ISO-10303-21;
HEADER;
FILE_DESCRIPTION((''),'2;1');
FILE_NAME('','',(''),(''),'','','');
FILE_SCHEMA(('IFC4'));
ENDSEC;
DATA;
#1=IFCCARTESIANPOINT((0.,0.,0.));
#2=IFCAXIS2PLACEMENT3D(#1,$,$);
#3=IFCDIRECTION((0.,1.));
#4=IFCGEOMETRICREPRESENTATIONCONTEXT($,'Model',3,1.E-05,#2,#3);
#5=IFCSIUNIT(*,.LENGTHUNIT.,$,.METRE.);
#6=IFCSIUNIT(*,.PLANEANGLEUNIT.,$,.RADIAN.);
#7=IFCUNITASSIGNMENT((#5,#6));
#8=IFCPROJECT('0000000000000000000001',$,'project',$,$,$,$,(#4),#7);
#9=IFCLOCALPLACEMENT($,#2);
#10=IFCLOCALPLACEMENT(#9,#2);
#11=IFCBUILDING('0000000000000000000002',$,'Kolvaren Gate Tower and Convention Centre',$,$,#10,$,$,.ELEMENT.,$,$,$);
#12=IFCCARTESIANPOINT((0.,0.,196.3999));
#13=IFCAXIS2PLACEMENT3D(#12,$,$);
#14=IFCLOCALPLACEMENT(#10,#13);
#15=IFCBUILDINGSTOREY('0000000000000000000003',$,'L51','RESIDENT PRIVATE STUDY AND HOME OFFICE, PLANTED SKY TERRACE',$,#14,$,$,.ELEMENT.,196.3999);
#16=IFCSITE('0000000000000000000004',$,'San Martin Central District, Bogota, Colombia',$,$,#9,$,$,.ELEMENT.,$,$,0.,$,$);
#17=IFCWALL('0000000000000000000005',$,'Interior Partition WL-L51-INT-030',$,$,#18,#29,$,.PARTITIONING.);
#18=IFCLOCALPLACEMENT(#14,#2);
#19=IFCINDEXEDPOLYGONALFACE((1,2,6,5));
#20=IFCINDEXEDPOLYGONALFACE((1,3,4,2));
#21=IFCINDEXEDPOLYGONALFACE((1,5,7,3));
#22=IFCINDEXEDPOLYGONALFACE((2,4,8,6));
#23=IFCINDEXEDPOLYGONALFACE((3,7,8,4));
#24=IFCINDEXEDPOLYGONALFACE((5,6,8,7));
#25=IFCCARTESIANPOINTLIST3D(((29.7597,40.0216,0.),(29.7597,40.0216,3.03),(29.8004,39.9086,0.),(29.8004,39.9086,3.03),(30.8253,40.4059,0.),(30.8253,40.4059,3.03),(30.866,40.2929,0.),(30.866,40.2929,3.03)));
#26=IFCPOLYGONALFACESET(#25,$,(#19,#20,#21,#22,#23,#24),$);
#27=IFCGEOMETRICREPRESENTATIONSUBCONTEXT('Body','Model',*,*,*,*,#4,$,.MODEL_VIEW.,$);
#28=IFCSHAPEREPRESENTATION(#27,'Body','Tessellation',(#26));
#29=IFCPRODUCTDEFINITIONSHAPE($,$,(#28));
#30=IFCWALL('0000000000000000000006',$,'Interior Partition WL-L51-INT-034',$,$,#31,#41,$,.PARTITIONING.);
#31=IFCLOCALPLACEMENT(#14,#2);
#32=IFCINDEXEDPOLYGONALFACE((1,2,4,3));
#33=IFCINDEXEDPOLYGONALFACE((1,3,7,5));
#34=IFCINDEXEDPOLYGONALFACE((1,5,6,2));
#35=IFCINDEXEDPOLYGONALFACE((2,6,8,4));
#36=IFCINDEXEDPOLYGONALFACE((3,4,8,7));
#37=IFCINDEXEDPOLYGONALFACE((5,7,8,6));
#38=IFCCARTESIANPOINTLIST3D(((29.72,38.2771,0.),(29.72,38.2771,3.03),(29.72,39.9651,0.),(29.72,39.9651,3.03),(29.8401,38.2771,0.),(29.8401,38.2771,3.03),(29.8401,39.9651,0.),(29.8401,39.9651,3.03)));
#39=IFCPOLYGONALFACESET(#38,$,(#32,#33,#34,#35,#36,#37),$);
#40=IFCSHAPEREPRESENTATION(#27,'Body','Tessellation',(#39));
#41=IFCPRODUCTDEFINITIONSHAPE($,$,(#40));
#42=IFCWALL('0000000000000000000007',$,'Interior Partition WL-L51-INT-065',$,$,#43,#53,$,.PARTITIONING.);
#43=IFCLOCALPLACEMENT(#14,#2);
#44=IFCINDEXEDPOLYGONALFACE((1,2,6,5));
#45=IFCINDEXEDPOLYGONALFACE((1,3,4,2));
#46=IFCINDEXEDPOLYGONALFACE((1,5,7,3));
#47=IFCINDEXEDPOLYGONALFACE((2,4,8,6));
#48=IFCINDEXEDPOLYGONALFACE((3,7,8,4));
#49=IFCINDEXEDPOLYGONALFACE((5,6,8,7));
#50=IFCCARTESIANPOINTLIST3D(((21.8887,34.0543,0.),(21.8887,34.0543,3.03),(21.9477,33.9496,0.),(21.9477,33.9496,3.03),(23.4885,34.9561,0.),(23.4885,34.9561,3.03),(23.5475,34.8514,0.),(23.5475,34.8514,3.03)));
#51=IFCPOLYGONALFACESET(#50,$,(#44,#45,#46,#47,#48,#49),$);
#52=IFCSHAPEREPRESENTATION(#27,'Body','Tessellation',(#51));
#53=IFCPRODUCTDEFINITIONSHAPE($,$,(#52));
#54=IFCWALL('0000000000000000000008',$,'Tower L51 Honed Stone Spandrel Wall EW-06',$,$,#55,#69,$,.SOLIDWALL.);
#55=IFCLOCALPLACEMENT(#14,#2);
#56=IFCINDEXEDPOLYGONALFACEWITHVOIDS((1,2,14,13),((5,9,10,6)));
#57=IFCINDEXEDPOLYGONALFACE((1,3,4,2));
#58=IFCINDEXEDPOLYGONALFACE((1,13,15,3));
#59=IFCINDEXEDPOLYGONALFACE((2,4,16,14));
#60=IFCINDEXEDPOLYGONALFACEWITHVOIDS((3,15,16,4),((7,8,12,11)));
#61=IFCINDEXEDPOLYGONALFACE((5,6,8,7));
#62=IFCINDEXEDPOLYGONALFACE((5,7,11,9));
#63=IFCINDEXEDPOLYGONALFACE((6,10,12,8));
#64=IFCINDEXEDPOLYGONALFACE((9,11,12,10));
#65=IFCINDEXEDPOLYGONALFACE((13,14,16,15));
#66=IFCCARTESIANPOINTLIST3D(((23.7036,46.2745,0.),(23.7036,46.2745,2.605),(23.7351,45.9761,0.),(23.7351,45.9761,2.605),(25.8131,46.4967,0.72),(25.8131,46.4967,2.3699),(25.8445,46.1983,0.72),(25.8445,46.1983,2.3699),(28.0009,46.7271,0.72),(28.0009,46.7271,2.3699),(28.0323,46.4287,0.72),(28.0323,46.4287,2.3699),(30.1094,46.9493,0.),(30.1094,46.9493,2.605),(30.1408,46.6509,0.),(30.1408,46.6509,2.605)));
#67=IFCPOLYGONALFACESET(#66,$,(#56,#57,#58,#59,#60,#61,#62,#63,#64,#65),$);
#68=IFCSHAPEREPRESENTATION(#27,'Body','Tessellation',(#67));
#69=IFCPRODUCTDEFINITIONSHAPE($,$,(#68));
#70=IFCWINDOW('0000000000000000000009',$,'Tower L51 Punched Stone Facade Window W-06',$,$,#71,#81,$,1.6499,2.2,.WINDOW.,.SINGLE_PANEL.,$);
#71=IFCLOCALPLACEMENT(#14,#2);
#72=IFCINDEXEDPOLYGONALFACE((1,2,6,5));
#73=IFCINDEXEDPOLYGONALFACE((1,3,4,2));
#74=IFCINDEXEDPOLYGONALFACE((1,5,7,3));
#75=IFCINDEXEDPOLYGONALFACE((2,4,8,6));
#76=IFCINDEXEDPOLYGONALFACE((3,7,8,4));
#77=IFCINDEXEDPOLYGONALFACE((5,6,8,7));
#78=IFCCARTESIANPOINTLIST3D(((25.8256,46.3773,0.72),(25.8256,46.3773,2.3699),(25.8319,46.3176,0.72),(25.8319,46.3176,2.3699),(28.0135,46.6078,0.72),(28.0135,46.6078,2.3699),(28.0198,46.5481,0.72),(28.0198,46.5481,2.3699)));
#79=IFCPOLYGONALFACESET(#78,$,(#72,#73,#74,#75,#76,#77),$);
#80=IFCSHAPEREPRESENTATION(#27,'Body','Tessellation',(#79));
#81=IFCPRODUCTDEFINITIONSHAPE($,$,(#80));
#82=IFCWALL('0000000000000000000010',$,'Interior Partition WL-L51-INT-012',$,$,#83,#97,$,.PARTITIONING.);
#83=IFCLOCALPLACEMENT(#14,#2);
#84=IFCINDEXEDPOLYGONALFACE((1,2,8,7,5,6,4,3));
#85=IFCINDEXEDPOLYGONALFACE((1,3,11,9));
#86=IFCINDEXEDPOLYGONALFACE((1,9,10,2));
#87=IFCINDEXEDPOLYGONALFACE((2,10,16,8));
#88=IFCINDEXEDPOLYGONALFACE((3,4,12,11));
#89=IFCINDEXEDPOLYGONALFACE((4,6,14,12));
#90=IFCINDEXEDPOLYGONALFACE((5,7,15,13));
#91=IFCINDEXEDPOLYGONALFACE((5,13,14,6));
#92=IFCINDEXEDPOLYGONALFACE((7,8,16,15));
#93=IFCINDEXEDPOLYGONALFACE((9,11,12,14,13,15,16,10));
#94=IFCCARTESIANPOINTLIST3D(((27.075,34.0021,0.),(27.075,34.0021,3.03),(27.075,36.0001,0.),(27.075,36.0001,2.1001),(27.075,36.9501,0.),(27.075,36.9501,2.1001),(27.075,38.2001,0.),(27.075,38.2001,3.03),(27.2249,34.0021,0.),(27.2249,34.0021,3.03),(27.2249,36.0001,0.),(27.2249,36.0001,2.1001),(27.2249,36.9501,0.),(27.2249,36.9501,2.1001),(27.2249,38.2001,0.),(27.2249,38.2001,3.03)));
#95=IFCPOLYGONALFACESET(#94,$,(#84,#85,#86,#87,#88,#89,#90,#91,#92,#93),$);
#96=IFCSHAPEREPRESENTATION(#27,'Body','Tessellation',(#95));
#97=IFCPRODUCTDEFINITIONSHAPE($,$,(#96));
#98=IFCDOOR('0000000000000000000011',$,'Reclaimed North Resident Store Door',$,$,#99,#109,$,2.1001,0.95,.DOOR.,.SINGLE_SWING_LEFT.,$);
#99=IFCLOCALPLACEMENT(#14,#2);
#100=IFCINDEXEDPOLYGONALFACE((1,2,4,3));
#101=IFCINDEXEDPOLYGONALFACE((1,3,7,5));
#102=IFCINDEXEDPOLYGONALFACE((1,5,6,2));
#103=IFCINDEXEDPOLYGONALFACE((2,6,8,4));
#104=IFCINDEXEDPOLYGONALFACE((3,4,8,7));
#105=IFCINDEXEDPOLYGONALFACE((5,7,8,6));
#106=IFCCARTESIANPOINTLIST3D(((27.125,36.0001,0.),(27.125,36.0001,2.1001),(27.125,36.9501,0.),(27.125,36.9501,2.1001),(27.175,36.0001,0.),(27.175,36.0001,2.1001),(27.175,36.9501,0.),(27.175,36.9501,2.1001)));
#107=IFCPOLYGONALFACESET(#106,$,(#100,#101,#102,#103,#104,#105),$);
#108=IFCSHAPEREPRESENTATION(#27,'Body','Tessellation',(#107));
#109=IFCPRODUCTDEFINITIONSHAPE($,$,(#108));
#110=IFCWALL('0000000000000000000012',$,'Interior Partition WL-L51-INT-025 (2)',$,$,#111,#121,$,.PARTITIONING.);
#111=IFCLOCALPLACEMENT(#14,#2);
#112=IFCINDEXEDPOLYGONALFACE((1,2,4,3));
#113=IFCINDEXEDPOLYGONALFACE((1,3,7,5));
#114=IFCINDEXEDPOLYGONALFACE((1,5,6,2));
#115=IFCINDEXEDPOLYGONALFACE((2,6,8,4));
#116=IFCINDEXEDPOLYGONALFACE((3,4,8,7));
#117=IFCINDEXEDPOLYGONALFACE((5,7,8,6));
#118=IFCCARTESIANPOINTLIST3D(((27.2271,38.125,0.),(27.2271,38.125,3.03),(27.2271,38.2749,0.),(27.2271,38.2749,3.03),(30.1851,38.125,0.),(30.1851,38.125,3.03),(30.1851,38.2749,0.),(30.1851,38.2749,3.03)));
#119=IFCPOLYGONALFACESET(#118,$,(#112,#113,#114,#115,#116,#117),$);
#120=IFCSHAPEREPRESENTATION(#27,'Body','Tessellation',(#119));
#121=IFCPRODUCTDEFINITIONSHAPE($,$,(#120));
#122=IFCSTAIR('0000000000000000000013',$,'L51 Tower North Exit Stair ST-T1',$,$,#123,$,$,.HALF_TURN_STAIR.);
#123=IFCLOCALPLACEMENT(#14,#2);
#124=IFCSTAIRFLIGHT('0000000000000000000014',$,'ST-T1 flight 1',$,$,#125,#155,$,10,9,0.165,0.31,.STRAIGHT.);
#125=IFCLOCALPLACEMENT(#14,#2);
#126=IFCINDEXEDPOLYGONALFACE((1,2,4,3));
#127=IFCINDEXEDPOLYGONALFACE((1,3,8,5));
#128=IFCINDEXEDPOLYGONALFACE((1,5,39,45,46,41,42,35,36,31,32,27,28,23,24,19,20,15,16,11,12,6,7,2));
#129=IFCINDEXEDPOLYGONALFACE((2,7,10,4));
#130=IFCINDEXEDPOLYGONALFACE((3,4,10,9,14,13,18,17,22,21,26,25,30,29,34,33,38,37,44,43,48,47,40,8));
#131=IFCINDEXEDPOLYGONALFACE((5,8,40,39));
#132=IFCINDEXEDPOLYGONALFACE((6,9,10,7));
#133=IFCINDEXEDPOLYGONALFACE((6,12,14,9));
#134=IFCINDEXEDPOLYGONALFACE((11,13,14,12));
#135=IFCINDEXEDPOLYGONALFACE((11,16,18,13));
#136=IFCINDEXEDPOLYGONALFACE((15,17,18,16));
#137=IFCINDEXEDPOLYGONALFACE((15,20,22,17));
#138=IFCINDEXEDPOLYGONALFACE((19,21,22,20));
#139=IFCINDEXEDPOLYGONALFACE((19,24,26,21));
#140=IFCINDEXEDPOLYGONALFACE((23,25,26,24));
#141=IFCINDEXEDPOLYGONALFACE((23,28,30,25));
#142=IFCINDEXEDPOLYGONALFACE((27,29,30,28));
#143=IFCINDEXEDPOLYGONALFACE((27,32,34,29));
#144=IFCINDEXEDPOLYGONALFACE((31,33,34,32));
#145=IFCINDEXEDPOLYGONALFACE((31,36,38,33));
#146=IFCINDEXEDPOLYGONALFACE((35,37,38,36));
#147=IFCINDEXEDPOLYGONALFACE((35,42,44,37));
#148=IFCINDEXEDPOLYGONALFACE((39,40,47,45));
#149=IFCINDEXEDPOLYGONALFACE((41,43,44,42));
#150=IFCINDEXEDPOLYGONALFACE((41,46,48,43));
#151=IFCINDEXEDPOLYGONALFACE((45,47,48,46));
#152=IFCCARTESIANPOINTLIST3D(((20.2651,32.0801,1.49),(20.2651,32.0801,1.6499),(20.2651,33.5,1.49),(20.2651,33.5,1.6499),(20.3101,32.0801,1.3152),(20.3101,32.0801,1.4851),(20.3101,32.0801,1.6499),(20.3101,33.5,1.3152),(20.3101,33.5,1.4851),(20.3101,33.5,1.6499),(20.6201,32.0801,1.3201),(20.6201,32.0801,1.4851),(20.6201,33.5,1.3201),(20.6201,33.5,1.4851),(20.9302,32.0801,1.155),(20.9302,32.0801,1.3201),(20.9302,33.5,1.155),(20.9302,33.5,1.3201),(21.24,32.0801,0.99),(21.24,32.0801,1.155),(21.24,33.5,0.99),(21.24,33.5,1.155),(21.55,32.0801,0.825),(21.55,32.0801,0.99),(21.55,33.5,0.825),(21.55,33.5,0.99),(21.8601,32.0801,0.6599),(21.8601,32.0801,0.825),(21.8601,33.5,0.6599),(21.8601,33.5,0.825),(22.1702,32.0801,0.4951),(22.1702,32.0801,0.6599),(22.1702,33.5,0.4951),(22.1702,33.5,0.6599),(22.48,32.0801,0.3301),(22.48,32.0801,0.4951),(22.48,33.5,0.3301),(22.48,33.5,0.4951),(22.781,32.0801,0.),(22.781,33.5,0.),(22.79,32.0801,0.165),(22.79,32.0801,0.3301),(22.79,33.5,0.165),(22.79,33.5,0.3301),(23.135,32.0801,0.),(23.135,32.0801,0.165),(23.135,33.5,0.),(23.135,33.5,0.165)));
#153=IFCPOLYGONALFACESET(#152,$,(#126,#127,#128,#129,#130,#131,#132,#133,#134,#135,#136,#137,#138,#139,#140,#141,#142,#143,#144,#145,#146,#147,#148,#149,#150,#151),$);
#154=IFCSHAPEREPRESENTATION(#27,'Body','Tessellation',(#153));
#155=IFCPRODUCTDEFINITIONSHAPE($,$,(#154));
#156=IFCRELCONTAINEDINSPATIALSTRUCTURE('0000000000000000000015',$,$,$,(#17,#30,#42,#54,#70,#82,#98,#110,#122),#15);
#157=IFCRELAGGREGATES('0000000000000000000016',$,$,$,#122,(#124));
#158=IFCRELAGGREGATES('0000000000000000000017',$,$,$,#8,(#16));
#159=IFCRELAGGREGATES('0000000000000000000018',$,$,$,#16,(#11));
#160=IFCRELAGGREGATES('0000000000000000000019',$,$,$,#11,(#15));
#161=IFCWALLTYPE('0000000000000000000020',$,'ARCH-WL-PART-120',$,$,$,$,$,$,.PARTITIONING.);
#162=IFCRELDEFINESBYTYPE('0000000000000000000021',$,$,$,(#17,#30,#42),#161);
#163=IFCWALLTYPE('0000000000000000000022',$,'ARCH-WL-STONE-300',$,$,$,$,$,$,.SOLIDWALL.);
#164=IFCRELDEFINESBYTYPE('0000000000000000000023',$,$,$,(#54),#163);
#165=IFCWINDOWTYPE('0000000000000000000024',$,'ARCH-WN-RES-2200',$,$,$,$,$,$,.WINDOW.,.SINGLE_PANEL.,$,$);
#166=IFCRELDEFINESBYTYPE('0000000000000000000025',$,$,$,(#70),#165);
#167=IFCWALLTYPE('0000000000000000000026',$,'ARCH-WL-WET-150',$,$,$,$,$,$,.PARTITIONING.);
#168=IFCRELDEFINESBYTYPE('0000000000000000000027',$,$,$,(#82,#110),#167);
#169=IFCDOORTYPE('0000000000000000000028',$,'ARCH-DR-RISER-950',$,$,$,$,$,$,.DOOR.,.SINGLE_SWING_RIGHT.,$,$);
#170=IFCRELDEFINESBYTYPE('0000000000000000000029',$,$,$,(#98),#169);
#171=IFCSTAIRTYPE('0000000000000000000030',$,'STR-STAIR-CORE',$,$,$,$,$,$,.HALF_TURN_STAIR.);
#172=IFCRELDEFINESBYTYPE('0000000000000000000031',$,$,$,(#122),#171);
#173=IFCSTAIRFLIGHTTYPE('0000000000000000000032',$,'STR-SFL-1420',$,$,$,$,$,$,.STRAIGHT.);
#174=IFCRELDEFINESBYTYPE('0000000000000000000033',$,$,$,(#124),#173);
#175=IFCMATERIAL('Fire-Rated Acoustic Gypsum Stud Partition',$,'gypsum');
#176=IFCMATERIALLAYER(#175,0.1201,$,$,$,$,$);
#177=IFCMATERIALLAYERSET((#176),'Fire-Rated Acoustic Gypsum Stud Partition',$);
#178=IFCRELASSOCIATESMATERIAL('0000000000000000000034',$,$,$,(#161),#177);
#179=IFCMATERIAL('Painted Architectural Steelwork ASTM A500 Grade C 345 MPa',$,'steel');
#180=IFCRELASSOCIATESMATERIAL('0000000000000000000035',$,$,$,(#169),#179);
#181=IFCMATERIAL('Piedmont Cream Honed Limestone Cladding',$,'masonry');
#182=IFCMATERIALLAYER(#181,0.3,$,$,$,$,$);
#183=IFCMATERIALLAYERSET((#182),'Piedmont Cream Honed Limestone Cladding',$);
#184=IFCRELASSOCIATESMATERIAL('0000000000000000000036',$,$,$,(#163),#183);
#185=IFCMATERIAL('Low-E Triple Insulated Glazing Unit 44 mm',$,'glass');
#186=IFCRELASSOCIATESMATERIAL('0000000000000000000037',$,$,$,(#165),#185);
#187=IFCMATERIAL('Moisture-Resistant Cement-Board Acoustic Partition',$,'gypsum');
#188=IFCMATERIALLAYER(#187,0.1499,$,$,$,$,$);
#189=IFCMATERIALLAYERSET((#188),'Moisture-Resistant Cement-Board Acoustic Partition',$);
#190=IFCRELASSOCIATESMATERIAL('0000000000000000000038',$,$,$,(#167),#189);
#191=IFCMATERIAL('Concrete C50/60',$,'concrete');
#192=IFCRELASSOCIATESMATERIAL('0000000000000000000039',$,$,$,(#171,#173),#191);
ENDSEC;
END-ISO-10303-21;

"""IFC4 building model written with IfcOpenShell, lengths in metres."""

from ifc_helpers import new_model, si_unit, direction, frame, frame_2d, origin, place, context, subcontext, project, spatial, polyline, rectangle, outline, extrude, material, layer, layer_set, type_object, element, fill, aggregate, save


model = new_model("IFC4")

# Units and contexts
model_context = context("Model", 3, precision=1e-05, world=origin(), true_north=direction((0.0, 1.0)))
body_context = subcontext(model_context, "Body", "Model", "MODEL_VIEW")
ifc_project = project(units=[si_unit("LENGTHUNIT", "METRE"), si_unit("PLANEANGLEUNIT", "RADIAN")], contexts=[model_context])

# Site, building, storey
site_placement = place(None, origin())
site = spatial("IfcSite", under=ifc_project, at=site_placement, Name="San Martin Central District, Bogota, Colombia", CompositionType="ELEMENT", RefElevation=0.0)
building_placement = place(site_placement, origin())
building = spatial("IfcBuilding", under=site, at=building_placement, Name="Kolvaren Gate Tower and Convention Centre", CompositionType="ELEMENT")
storey_placement = place(building_placement, frame((0.0, 0.0, 196.3999)))
storey = spatial("IfcBuildingStorey", under=building, at=storey_placement, Name="L51", Description="RESIDENT PRIVATE STUDY AND HOME OFFICE, PLANTED SKY TERRACE", CompositionType="ELEMENT", Elevation=196.3999)

# Shared definitions
ifc_material_1 = material(Name="Concrete C50/60", Category="concrete")

# Shared definitions
ifc_material_2 = material(Name="Fire-Rated Acoustic Gypsum Stud Partition", Category="gypsum")
ifc_layer_1 = layer(ifc_material_2, 0.1201)
ifc_layer_set_1 = layer_set([ifc_layer_1], Name="Fire-Rated Acoustic Gypsum Stud Partition")
wall_type_1 = type_object("IfcWallType", Name="ARCH-WL-PART-120", PredefinedType="PARTITIONING", material=ifc_layer_set_1)
ifc_material_3 = material(Name="Painted Architectural Steelwork ASTM A500 Grade C 345 MPa", Category="steel")
door_type = type_object("IfcDoorType", Name="ARCH-DR-RISER-950", OperationType="SINGLE_SWING_RIGHT", PredefinedType="DOOR", material=ifc_material_3)

# Walls
wall_1_placement = place(storey_placement, frame((29.78, 39.9651, 0.0), z_axis=(0.0, 0.0, 1.0), x_axis=(0.940709, 0.339215, 0.0)))
element("IfcWall", 1, at=wall_1_placement, inside=storey, type_object=wall_type_1, Name="Interior Partition WL-L51-INT-030", PredefinedType="PARTITIONING", context=body_context, shape_type="SweptSolid", body=[
    extrude(rectangle(XDim=1.1328, YDim=0.1201, at=frame_2d((0.5664, 0.0))), origin(), (0.0, 0.0, 1.0), 3.03),
])
wall_2_placement = place(storey_placement, frame((29.78, 38.2771, 0.0), z_axis=(0.0, 0.0, 1.0), x_axis=(0.0, 1.0, 0.0)))
element("IfcWall", 2, at=wall_2_placement, inside=storey, type_object=wall_type_1, Name="Interior Partition WL-L51-INT-034", PredefinedType="PARTITIONING", context=body_context, shape_type="SweptSolid", body=[
    extrude(rectangle(XDim=1.688, YDim=0.1201, at=frame_2d((0.844, 0.0))), origin(), (0.0, 0.0, 1.0), 3.03),
])
wall_3_placement = place(storey_placement, frame((21.9182, 34.002, 0.0), z_axis=(0.0, 0.0, 1.0), x_axis=(0.871124, 0.491063, 0.0)))
element("IfcWall", 3, at=wall_3_placement, inside=storey, type_object=wall_type_1, Name="Interior Partition WL-L51-INT-065", PredefinedType="PARTITIONING", context=body_context, shape_type="SweptSolid", body=[
    extrude(rectangle(XDim=1.8364, YDim=0.1201, at=frame_2d((0.9182, 0.0))), origin(), (0.0, 0.0, 1.0), 3.03),
])

# Wall, opening, window
ifc_material_4 = material(Name="Piedmont Cream Honed Limestone Cladding", Category="masonry")
ifc_layer_2 = layer(ifc_material_4, 0.3)
ifc_layer_set_2 = layer_set([ifc_layer_2], Name="Piedmont Cream Honed Limestone Cladding")
wall_type_2 = type_object("IfcWallType", Name="ARCH-WL-STONE-300", PredefinedType="SOLIDWALL", material=ifc_layer_set_2)
wall_4_placement = place(storey_placement, frame((23.7192, 46.1252, 0.0), z_axis=(0.0, 0.0, 1.0), x_axis=(0.994497, 0.104764, 0.0)))
wall_4 = element("IfcWall", 4, at=wall_4_placement, inside=storey, type_object=wall_type_2, Name="Tower L51 Honed Stone Spandrel Wall EW-06", PredefinedType="SOLIDWALL", context=body_context, shape_type="SweptSolid", body=[
    extrude(rectangle(XDim=6.4412, YDim=0.3, at=frame_2d((3.2207, 0.0))), origin(), (0.0, 0.0, 1.0), 2.605),
])
opening_1_placement = place(wall_4_placement, frame((2.1211, 0.0, 0.72)))
opening_1 = element("IfcOpeningElement", 5, at=opening_1_placement, cuts=wall_4, PredefinedType="OPENING", context=body_context, shape_type="SweptSolid", body=[
    extrude(rectangle(XDim=2.2, YDim=1.6499, at=frame_2d((1.1001, 0.825))), frame((0.0, 0.1599, 0.0), z_axis=(0.0, -1.0, 0.0), x_axis=(1.0, 0.0, 0.0)), (0.0, 0.0, 1.0), 0.3201),
])
ifc_material_5 = material(Name="Low-E Triple Insulated Glazing Unit 44 mm", Category="glass")
window_type = type_object("IfcWindowType", Name="ARCH-WN-RES-2200", PartitioningType="SINGLE_PANEL", PredefinedType="WINDOW", material=ifc_material_5)
window_placement = place(opening_1_placement, origin())
window = element("IfcWindow", 6, at=window_placement, inside=storey, type_object=window_type, Name="Tower L51 Punched Stone Facade Window W-06", OverallHeight=1.6499, OverallWidth=2.2, PartitioningType="SINGLE_PANEL", PredefinedType="WINDOW", context=body_context, shape_type="SweptSolid", body=[
    extrude(rectangle(XDim=2.2, YDim=1.6499, at=frame_2d((1.1001, 0.825))), frame((0.0, 0.03, 0.0), z_axis=(0.0, -1.0, 0.0), x_axis=(1.0, 0.0, 0.0)), (0.0, 0.0, 1.0), 0.0601),
])
fill(opening_1, window)

# Wall, opening, door
ifc_material_6 = material(Name="Moisture-Resistant Cement-Board Acoustic Partition", Category="gypsum")
ifc_layer_3 = layer(ifc_material_6, 0.1499)
ifc_layer_set_3 = layer_set([ifc_layer_3], Name="Moisture-Resistant Cement-Board Acoustic Partition")
wall_type_3 = type_object("IfcWallType", Name="ARCH-WL-WET-150", PredefinedType="PARTITIONING", material=ifc_layer_set_3)
wall_5_placement = place(storey_placement, frame((27.1499, 34.002, 0.0), z_axis=(0.0, 0.0, 1.0), x_axis=(0.0, 1.0, 0.0)))
wall_5 = element("IfcWall", 7, at=wall_5_placement, inside=storey, type_object=wall_type_3, Name="Interior Partition WL-L51-INT-012", PredefinedType="PARTITIONING", context=body_context, shape_type="SweptSolid", body=[
    extrude(rectangle(XDim=4.198, YDim=0.1499, at=frame_2d((2.0991, 0.0))), origin(), (0.0, 0.0, 1.0), 3.03),
])
opening_2_placement = place(wall_5_placement, frame((1.998, 0.0, 0.0)))
opening_2 = element("IfcOpeningElement", 8, at=opening_2_placement, cuts=wall_5, PredefinedType="OPENING", context=body_context, shape_type="SweptSolid", body=[
    extrude(rectangle(XDim=0.95, YDim=2.1001, at=frame_2d((0.4751, 1.05))), frame((0.0, 0.085, 0.0), z_axis=(0.0, -1.0, 0.0), x_axis=(1.0, 0.0, 0.0)), (0.0, 0.0, 1.0), 0.1699),
])
door_1_placement = place(opening_2_placement, origin())
door_1 = element("IfcDoor", 9, at=door_1_placement, inside=storey, type_object=door_type, Name="Reclaimed North Resident Store Door", OperationType="SINGLE_SWING_LEFT", OverallHeight=2.1001, OverallWidth=0.95, PredefinedType="DOOR", context=body_context, shape_type="SweptSolid", body=[
    extrude(rectangle(XDim=0.95, YDim=2.1001, at=frame_2d((0.4751, 1.05))), frame((0.0, 0.0249, 0.0), z_axis=(0.0, -1.0, 0.0), x_axis=(1.0, 0.0, 0.0)), (0.0, 0.0, 1.0), 0.05),
])
fill(opening_2, door_1)

# Wall
wall_6_placement = place(storey_placement, frame((27.2271, 38.2, 0.0), z_axis=(0.0, 0.0, 1.0), x_axis=(1.0, 0.0, 0.0)))
element("IfcWall", 10, at=wall_6_placement, inside=storey, type_object=wall_type_3, Name="Interior Partition WL-L51-INT-025 (2)", PredefinedType="PARTITIONING", context=body_context, shape_type="SweptSolid", body=[
    extrude(rectangle(XDim=2.958, YDim=0.1499, at=frame_2d((1.479, 0.0))), origin(), (0.0, 0.0, 1.0), 3.03),
])

# Stair, stair flight
stair_type = type_object("IfcStairType", Name="STR-STAIR-CORE", PredefinedType="HALF_TURN_STAIR", material=ifc_material_1)
stair_placement = place(storey_placement, origin())
stair = element("IfcStair", 11, at=stair_placement, inside=storey, type_object=stair_type, Name="L51 Tower North Exit Stair ST-T1", PredefinedType="HALF_TURN_STAIR")
stair_flight_type = type_object("IfcStairFlightType", Name="STR-SFL-1420", PredefinedType="STRAIGHT", material=ifc_material_1)
stair_flight_placement = place(storey_placement, frame((23.1001, 32.79, 0.0), z_axis=(0.0, 0.0, 1.0), x_axis=(-1.0, 0.0, 0.0)))
stair_flight = element("IfcStairFlight", 12, at=stair_flight_placement, type_object=stair_flight_type, Name="ST-T1 flight 1", NumberOfRisers=10, NumberOfTreads=9, PredefinedType="STRAIGHT", RiserHeight=0.165, TreadLength=0.31, context=body_context, shape_type="SweptSolid", body=[
    extrude(outline(polyline([(-0.0349, 0.0), (-0.0349, 0.165), (0.3101, 0.165), (0.3101, 0.3301), (0.6201, 0.3301), (0.6201, 0.4951), (0.9299, 0.4951), (0.9299, 0.6599), (1.24, 0.6599), (1.24, 0.825), (1.55, 0.825), (1.55, 0.99), (1.8601, 0.99), (1.8601, 1.155), (2.1699, 1.155), (2.1699, 1.3201), (2.48, 1.3201), (2.48, 1.4851), (2.79, 1.4851), (2.79, 1.6499), (2.835, 1.6499), (2.835, 1.49), (2.79, 1.3152), (0.3191, 0.0), (-0.0349, 0.0)])), frame((0.0, 0.71, 0.0), z_axis=(0.0, -1.0, 0.0), x_axis=(1.0, 0.0, 0.0)), (0.0, 0.0, 1.0), 1.4199),
])
aggregate(stair, [stair_flight])

save(model, "model.ifc")
